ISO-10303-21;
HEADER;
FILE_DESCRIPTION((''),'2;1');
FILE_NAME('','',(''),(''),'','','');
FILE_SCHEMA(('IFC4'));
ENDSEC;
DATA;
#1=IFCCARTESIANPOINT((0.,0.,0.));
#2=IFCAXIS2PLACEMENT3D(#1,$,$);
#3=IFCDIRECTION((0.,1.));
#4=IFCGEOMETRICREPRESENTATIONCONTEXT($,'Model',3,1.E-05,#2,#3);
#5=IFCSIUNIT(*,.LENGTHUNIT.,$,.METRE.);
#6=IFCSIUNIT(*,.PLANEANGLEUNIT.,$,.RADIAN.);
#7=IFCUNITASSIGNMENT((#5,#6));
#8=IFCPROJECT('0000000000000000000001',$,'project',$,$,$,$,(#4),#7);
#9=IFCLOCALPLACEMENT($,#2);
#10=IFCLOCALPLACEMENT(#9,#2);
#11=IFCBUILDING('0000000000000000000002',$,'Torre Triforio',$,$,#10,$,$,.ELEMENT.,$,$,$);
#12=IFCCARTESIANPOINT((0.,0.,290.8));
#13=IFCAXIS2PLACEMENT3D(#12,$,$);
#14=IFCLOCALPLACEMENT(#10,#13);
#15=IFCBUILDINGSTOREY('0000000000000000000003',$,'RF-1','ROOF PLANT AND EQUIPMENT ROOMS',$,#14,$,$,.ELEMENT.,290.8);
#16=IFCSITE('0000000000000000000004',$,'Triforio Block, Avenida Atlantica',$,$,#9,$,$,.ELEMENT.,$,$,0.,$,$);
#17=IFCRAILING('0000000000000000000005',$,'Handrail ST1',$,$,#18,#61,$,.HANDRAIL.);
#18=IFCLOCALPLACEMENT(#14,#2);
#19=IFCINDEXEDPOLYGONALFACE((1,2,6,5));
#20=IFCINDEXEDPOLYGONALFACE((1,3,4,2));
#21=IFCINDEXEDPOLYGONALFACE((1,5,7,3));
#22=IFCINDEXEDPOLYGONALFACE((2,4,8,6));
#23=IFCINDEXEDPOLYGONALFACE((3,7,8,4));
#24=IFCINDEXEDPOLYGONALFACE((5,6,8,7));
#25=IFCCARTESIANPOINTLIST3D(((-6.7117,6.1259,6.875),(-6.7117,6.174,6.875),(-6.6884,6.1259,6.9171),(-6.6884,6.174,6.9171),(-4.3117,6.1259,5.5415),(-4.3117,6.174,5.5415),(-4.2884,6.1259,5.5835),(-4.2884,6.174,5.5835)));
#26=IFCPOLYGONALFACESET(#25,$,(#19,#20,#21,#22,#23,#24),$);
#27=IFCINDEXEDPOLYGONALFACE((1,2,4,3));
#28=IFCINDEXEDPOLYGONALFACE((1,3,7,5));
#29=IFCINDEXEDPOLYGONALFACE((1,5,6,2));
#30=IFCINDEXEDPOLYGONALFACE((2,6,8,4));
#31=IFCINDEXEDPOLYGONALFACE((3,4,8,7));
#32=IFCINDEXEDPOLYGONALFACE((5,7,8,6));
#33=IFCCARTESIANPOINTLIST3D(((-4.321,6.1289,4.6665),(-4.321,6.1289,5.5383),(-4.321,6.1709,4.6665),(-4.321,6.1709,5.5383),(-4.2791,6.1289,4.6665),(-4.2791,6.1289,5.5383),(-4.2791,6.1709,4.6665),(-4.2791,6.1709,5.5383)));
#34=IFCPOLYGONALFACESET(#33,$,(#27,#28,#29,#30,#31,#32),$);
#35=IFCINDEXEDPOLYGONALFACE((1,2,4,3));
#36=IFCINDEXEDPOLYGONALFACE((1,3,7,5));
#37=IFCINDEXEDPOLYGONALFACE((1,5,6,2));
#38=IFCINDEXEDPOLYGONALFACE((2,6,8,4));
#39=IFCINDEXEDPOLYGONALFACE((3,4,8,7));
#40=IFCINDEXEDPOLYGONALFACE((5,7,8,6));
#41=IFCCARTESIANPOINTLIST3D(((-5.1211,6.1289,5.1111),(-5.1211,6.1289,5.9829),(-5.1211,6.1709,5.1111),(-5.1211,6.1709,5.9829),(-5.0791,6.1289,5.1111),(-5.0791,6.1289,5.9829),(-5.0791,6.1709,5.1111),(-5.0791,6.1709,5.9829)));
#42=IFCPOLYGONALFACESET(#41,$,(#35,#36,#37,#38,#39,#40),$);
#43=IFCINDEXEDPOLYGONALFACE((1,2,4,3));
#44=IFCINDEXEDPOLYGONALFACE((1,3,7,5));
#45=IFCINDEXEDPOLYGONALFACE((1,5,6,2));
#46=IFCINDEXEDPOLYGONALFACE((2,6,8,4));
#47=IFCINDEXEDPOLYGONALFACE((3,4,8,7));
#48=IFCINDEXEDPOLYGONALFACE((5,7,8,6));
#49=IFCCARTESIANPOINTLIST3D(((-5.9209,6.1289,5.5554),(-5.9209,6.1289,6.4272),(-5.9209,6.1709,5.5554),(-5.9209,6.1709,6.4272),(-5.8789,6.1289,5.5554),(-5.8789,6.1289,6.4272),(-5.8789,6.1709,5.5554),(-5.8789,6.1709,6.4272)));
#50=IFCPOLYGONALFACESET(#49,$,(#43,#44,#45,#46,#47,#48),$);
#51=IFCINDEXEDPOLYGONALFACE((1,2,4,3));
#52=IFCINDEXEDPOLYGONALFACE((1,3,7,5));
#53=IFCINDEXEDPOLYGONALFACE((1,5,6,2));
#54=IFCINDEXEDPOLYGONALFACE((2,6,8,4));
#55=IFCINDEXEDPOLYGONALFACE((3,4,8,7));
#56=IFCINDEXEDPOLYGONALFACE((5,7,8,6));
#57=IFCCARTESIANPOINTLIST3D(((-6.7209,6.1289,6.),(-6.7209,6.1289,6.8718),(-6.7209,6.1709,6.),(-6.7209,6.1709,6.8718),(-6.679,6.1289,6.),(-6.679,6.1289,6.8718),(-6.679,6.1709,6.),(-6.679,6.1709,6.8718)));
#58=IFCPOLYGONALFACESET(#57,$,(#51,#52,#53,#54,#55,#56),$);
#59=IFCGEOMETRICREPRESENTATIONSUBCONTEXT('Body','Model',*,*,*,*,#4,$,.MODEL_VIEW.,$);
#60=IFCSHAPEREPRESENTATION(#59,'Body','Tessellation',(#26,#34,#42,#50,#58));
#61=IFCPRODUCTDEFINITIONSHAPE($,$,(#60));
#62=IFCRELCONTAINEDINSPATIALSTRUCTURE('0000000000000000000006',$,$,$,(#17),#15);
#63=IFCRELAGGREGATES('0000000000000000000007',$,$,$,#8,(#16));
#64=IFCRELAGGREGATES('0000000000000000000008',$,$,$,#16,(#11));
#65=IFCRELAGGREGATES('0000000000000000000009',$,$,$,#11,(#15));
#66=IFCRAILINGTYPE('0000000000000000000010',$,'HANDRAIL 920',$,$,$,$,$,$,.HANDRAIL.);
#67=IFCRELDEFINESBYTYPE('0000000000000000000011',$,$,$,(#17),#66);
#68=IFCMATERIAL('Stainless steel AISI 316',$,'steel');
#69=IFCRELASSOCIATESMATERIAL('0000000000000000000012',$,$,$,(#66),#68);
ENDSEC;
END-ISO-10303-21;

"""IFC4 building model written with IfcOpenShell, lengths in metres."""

from ifc_helpers import new_model, si_unit, direction, frame, origin, origin_2d, place, context, subcontext, project, spatial, rectangle, extrude, material, type_object, element, save


model = new_model("IFC4")

# Units and contexts
model_context = context("Model", 3, precision=1e-05, world=origin(), true_north=direction((0.0, 1.0)))
body_context = subcontext(model_context, "Body", "Model", "MODEL_VIEW")
ifc_project = project(units=[si_unit("LENGTHUNIT", "METRE"), si_unit("PLANEANGLEUNIT", "RADIAN")], contexts=[model_context])

# Site, building, storey
site_placement = place(None, origin())
site = spatial("IfcSite", under=ifc_project, at=site_placement, Name="Triforio Block, Avenida Atlantica", CompositionType="ELEMENT", RefElevation=0.0)
building_placement = place(site_placement, origin())
building = spatial("IfcBuilding", under=site, at=building_placement, Name="Torre Triforio", CompositionType="ELEMENT")
storey_placement = place(building_placement, frame((0.0, 0.0, 290.8)))
storey = spatial("IfcBuildingStorey", under=building, at=storey_placement, Name="RF-1", Description="ROOF PLANT AND EQUIPMENT ROOMS", CompositionType="ELEMENT", Elevation=290.8)

# Railing
ifc_material_1 = material(Name="Stainless steel AISI 316", Category="steel")
railing_type = type_object("IfcRailingType", Name="HANDRAIL 920", PredefinedType="HANDRAIL", material=ifc_material_1)
railing_1_placement = place(storey_placement, frame((-4.3, 6.1499, 4.6665)))
element("IfcRailing", 1, at=railing_1_placement, inside=storey, type_object=railing_type, Name="Handrail ST1", PredefinedType="HANDRAIL", context=body_context, shape_type="SweptSolid", body=[
    extrude(rectangle(XDim=0.0481, YDim=0.0481, at=origin_2d()), frame((0.0, 0.0, 0.896), z_axis=(-0.874124, 0.0, 0.485703), x_axis=(0.0, -1.0, 0.0)), (0.0, 0.0, 1.0), 2.7456),
    extrude(rectangle(XDim=0.042, YDim=0.042, at=origin_2d()), origin(), (0.0, 0.0, 1.0), 0.8718),
    extrude(rectangle(XDim=0.042, YDim=0.042, at=origin_2d()), frame((-0.8, 0.0, 0.4446)), (0.0, 0.0, 1.0), 0.8718),
    extrude(rectangle(XDim=0.042, YDim=0.042, at=origin_2d()), frame((-1.5999, 0.0, 0.8889)), (0.0, 0.0, 1.0), 0.8718),
    extrude(rectangle(XDim=0.042, YDim=0.042, at=origin_2d()), frame((-2.3999, 0.0, 1.3335)), (0.0, 0.0, 1.0), 0.8718),
])

save(model, "model.ifc")
